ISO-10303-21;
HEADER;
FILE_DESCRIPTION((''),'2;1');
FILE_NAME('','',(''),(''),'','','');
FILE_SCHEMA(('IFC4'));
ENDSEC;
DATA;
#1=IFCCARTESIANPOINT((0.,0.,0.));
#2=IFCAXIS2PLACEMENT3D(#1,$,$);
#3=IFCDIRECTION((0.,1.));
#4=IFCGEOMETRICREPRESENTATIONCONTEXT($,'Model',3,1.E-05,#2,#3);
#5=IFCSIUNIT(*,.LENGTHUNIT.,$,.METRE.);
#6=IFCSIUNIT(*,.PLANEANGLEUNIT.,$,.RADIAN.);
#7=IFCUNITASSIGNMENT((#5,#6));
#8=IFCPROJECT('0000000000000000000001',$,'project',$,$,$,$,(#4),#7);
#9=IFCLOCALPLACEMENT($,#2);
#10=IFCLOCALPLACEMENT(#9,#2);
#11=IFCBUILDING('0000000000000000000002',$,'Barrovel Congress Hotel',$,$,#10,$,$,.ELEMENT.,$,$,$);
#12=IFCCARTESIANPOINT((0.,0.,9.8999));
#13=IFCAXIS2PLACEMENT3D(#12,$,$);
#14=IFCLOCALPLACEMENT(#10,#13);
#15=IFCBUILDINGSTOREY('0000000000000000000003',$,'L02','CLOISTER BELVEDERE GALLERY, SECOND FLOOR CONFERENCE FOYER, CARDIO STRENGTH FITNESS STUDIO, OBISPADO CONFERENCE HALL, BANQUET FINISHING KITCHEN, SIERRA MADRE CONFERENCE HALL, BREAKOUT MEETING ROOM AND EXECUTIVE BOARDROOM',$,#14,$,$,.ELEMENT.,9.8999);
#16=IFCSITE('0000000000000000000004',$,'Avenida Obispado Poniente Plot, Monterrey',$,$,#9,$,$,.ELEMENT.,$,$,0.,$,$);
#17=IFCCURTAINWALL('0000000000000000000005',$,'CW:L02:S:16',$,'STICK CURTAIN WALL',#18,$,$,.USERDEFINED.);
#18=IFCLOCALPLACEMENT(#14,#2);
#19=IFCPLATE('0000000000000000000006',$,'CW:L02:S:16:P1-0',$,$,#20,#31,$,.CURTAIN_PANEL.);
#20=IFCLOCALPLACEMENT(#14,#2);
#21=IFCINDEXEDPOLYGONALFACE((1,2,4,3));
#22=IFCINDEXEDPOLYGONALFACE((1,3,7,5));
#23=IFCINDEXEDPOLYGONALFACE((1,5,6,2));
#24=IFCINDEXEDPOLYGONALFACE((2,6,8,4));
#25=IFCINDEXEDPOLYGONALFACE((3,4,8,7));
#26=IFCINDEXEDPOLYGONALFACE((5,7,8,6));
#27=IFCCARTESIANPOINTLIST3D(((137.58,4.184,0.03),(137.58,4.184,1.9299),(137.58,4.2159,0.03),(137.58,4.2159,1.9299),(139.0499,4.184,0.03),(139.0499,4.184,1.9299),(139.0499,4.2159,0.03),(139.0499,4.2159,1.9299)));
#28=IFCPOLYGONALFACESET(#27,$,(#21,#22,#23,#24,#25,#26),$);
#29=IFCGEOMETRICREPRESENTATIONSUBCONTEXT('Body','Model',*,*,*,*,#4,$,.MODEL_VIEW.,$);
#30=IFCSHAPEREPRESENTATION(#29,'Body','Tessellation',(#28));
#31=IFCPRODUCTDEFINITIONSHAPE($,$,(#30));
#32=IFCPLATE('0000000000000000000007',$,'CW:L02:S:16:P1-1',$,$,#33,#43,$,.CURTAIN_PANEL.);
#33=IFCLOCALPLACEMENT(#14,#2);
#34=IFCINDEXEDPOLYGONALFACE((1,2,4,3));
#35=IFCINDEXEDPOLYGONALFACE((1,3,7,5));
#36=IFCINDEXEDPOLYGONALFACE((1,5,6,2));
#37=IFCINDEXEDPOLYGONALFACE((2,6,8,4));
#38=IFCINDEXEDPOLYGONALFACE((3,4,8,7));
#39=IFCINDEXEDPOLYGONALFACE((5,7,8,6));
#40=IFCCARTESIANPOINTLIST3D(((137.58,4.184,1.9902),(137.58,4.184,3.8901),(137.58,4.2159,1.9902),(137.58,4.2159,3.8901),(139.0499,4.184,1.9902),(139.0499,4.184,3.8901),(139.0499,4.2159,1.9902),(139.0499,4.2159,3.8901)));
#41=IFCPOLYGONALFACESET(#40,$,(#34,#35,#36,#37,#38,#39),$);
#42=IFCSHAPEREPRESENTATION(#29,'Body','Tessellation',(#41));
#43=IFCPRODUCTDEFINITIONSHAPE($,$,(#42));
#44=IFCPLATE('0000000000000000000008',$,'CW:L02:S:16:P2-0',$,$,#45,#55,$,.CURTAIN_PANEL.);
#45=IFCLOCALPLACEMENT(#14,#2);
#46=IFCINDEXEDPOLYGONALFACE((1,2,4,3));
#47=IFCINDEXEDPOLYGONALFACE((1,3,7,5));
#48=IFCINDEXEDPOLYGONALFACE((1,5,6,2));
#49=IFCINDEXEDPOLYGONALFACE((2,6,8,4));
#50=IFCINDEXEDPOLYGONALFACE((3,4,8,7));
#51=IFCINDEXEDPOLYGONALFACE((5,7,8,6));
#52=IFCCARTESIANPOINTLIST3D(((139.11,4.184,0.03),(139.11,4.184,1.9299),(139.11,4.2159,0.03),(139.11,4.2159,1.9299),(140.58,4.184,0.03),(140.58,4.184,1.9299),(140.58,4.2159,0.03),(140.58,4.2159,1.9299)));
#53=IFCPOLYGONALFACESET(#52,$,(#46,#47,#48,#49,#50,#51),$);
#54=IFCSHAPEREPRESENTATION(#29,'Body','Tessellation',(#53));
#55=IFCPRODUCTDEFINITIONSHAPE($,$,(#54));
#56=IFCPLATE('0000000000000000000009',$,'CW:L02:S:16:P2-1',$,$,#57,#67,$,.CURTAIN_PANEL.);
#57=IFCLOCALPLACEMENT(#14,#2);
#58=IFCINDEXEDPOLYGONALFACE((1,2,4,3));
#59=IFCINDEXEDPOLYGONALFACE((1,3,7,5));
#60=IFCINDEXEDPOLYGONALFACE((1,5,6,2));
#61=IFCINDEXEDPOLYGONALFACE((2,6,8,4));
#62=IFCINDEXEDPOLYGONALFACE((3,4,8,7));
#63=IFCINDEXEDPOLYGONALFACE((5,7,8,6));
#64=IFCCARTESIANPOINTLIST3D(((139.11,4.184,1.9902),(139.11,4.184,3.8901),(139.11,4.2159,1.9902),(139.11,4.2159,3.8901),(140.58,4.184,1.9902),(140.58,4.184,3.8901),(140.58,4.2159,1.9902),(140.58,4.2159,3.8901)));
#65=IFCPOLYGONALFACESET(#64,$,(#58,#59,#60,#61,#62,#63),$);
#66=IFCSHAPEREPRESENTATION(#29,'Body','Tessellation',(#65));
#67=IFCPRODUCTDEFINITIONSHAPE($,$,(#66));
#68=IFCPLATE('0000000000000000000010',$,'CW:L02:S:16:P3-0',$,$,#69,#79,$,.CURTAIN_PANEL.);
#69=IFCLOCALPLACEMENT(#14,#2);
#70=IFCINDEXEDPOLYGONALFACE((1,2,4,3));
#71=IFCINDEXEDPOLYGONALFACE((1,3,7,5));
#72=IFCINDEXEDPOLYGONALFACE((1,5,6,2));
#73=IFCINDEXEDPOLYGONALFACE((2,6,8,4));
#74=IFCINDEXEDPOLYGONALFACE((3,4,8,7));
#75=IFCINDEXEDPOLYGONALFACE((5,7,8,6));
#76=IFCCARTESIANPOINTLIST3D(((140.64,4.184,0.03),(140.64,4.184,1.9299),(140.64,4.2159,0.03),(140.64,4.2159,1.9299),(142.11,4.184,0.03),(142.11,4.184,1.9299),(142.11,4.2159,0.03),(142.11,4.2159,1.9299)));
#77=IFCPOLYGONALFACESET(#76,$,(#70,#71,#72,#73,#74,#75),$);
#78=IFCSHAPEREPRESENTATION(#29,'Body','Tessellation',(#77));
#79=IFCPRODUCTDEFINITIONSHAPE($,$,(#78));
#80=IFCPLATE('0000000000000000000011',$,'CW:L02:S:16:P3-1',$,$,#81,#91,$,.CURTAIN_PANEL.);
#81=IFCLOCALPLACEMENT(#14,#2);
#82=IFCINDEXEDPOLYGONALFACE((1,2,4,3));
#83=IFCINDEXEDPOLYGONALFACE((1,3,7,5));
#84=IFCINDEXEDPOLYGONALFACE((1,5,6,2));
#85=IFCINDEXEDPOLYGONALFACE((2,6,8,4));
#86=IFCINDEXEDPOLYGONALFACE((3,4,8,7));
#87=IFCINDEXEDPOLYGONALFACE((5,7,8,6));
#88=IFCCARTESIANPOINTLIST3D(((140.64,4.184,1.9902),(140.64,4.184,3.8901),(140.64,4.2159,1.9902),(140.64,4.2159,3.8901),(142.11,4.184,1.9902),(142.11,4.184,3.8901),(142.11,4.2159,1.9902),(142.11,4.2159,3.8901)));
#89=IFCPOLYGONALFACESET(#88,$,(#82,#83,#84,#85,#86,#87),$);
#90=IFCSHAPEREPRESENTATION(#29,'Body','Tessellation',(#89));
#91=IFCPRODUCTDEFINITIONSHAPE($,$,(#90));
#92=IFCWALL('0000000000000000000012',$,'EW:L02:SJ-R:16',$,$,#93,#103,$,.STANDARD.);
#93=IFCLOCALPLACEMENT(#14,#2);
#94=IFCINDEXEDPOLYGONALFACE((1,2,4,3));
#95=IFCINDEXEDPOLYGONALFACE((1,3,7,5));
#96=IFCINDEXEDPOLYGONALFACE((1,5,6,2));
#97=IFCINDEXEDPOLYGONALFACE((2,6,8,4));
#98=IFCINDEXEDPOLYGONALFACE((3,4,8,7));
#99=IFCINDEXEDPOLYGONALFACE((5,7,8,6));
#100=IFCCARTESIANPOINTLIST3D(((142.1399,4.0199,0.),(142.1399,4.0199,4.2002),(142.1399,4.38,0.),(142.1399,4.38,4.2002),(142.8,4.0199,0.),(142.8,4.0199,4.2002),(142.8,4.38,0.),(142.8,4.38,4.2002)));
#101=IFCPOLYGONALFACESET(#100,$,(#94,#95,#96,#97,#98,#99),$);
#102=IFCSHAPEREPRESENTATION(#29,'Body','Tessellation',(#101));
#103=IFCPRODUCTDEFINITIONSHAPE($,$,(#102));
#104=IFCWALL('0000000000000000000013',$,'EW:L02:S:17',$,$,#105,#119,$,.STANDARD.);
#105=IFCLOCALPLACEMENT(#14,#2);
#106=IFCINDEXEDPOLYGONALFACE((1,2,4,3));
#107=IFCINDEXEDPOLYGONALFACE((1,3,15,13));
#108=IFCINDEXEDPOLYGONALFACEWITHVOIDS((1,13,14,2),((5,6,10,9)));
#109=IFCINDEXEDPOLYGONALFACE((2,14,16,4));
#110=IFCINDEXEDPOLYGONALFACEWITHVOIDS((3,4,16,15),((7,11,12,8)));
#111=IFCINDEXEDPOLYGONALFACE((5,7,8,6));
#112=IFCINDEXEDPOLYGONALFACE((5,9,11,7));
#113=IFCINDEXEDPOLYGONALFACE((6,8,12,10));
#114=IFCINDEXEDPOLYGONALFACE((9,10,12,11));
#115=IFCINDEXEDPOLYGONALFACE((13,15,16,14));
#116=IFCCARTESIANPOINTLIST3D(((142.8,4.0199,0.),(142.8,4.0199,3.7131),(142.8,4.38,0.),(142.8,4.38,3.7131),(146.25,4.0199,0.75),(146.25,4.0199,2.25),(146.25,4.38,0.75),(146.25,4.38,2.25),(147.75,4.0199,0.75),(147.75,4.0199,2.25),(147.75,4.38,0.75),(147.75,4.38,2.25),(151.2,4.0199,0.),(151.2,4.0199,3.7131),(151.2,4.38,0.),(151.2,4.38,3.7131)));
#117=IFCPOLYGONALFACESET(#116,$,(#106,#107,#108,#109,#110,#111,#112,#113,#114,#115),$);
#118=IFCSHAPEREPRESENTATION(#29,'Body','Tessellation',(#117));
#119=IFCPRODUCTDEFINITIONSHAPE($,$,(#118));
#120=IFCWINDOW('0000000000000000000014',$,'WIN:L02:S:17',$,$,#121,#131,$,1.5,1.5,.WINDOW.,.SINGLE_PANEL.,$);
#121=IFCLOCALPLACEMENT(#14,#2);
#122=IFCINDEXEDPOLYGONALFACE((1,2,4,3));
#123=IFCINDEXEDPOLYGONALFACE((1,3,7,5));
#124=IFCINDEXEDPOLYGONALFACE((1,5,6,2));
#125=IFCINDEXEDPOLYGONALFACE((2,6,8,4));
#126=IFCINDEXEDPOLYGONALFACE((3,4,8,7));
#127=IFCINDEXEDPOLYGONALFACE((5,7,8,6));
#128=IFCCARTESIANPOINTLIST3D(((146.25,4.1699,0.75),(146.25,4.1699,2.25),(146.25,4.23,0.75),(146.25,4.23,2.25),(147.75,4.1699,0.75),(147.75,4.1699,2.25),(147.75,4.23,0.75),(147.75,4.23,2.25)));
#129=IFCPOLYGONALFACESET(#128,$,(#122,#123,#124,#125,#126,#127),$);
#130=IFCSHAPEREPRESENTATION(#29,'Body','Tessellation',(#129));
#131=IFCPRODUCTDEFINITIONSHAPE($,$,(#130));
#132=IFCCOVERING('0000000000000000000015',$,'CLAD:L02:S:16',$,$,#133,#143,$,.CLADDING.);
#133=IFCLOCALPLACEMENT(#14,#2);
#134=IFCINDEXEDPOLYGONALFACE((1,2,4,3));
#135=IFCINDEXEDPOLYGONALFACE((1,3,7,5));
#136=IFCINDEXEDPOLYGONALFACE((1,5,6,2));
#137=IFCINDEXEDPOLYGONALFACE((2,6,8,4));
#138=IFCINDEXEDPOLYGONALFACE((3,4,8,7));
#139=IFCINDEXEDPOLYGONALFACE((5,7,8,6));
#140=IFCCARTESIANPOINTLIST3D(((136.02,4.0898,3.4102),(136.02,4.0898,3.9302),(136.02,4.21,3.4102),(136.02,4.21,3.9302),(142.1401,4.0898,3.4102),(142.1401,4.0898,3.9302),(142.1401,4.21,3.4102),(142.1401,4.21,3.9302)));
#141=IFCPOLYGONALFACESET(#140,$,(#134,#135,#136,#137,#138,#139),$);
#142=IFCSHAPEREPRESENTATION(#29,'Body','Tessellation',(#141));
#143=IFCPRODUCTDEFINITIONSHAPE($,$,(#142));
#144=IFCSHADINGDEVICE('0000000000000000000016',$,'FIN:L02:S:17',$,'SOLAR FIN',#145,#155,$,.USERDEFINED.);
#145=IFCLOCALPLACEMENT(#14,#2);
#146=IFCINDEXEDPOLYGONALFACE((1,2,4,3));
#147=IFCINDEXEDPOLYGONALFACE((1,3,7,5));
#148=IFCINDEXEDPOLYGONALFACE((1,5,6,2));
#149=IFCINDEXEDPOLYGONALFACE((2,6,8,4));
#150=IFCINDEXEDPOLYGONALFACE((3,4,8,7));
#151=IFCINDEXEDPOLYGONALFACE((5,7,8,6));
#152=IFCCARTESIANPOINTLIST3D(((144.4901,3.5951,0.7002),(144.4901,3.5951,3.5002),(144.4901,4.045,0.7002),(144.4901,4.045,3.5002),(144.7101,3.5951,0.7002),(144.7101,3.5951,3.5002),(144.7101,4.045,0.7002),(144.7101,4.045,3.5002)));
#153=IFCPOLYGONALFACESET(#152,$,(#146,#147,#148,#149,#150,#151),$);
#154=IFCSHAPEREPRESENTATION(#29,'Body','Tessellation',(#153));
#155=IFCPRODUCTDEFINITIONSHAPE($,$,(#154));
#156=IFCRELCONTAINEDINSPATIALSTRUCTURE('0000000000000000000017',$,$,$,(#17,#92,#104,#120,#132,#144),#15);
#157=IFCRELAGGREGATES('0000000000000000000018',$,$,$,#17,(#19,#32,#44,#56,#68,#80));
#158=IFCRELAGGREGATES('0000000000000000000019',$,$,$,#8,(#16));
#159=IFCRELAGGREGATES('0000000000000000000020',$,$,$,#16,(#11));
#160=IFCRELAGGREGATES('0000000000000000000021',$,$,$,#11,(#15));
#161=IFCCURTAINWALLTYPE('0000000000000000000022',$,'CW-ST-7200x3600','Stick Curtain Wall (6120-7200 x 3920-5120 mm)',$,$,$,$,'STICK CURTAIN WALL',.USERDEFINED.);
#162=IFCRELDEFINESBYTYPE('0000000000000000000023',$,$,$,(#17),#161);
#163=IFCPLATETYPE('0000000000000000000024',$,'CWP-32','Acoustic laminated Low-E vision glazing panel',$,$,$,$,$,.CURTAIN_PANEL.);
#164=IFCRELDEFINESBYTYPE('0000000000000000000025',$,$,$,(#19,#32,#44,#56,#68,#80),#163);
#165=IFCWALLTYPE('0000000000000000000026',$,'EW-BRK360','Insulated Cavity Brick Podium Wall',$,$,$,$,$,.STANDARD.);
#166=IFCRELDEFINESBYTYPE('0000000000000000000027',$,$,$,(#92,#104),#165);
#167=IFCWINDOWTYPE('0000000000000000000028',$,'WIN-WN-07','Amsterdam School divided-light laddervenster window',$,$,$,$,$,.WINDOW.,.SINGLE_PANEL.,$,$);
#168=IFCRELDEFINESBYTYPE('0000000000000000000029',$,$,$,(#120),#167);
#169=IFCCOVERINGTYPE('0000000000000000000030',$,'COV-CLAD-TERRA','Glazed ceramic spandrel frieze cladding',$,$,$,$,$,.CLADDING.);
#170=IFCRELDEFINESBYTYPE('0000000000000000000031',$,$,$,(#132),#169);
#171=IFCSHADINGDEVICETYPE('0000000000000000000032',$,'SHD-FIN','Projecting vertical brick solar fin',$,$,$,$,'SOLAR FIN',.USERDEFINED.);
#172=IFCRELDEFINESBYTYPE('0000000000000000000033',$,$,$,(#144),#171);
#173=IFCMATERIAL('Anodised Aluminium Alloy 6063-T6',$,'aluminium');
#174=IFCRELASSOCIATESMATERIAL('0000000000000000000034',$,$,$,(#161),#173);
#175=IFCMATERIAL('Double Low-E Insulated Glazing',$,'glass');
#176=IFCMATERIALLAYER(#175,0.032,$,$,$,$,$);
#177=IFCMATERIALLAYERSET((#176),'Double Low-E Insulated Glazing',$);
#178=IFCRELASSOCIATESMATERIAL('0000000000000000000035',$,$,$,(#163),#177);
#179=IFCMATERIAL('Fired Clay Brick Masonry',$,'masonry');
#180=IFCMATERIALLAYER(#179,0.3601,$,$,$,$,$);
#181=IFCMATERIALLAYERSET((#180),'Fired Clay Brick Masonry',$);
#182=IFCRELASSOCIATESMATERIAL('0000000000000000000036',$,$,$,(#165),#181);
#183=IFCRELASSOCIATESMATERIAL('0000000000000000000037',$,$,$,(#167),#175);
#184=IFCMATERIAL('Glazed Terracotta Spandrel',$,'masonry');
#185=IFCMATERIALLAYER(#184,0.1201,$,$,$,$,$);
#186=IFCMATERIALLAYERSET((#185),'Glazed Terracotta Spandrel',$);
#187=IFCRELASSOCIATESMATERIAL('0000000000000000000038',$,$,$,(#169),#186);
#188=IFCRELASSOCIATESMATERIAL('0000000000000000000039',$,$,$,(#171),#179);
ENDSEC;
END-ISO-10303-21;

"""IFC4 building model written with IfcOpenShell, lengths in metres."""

from ifc_helpers import new_model, si_unit, direction, frame, frame_2d, origin, origin_2d, place, context, subcontext, project, spatial, rectangle, extrude, material, layer, layer_set, type_object, element, fill, aggregate, save


model = new_model("IFC4")

# Units and contexts
model_context = context("Model", 3, precision=1e-05, world=origin(), true_north=direction((0.0, 1.0)))
body_context = subcontext(model_context, "Body", "Model", "MODEL_VIEW")
ifc_project = project(units=[si_unit("LENGTHUNIT", "METRE"), si_unit("PLANEANGLEUNIT", "RADIAN")], contexts=[model_context])

# Site, building, storey
site_placement = place(None, origin())
site = spatial("IfcSite", under=ifc_project, at=site_placement, Name="Avenida Obispado Poniente Plot, Monterrey", CompositionType="ELEMENT", RefElevation=0.0)
building_placement = place(site_placement, origin())
building = spatial("IfcBuilding", under=site, at=building_placement, Name="Barrovel Congress Hotel", CompositionType="ELEMENT")
storey_placement = place(building_placement, frame((0.0, 0.0, 9.8999)))
storey = spatial("IfcBuildingStorey", under=building, at=storey_placement, Name="L02", Description="CLOISTER BELVEDERE GALLERY, SECOND FLOOR CONFERENCE FOYER, CARDIO STRENGTH FITNESS STUDIO, OBISPADO CONFERENCE HALL, BANQUET FINISHING KITCHEN, SIERRA MADRE CONFERENCE HALL, BREAKOUT MEETING ROOM AND EXECUTIVE BOARDROOM", CompositionType="ELEMENT", Elevation=9.8999)

# Curtain wall
ifc_material_1 = material(Name="Anodised Aluminium Alloy 6063-T6", Category="aluminium")
curtain_wall_type = type_object("IfcCurtainWallType", Name="CW-ST-7200x3600", Description="Stick Curtain Wall (6120-7200 x 3920-5120 mm)", ElementType="STICK CURTAIN WALL", PredefinedType="USERDEFINED", material=ifc_material_1)
curtain_wall_placement = place(storey_placement, origin())
curtain_wall = element("IfcCurtainWall", 1, at=curtain_wall_placement, inside=storey, type_object=curtain_wall_type, Name="CW:L02:S:16", ObjectType="STICK CURTAIN WALL", PredefinedType="USERDEFINED")

# Plates
ifc_material_2 = material(Name="Double Low-E Insulated Glazing", Category="glass")
ifc_layer_1 = layer(ifc_material_2, 0.032)
ifc_layer_set_1 = layer_set([ifc_layer_1], Name="Double Low-E Insulated Glazing")
plate_type = type_object("IfcPlateType", Name="CWP-32", Description="Acoustic laminated Low-E vision glazing panel", PredefinedType="CURTAIN_PANEL", material=ifc_layer_set_1)
plate_1_placement = place(storey_placement, frame((138.3149, 4.2, 0.03), z_axis=(0.0, 0.0, 1.0), x_axis=(1.0, 0.0, 0.0)))
plate_1 = element("IfcPlate", 2, at=plate_1_placement, type_object=plate_type, Name="CW:L02:S:16:P1-0", PredefinedType="CURTAIN_PANEL", context=body_context, shape_type="SweptSolid", body=[
    extrude(rectangle(XDim=1.47, YDim=0.032, at=origin_2d()), origin(), (0.0, 0.0, 1.0), 1.8999),
])
plate_2_placement = place(storey_placement, frame((138.3149, 4.2, 1.9902), z_axis=(0.0, 0.0, 1.0), x_axis=(1.0, 0.0, 0.0)))
plate_2 = element("IfcPlate", 3, at=plate_2_placement, type_object=plate_type, Name="CW:L02:S:16:P1-1", PredefinedType="CURTAIN_PANEL", context=body_context, shape_type="SweptSolid", body=[
    extrude(rectangle(XDim=1.47, YDim=0.032, at=origin_2d()), origin(), (0.0, 0.0, 1.0), 1.8999),
])
plate_3_placement = place(storey_placement, frame((139.845, 4.2, 0.03), z_axis=(0.0, 0.0, 1.0), x_axis=(1.0, 0.0, 0.0)))
plate_3 = element("IfcPlate", 4, at=plate_3_placement, type_object=plate_type, Name="CW:L02:S:16:P2-0", PredefinedType="CURTAIN_PANEL", context=body_context, shape_type="SweptSolid", body=[
    extrude(rectangle(XDim=1.47, YDim=0.032, at=origin_2d()), origin(), (0.0, 0.0, 1.0), 1.8999),
])
plate_4_placement = place(storey_placement, frame((139.845, 4.2, 1.9902), z_axis=(0.0, 0.0, 1.0), x_axis=(1.0, 0.0, 0.0)))
plate_4 = element("IfcPlate", 5, at=plate_4_placement, type_object=plate_type, Name="CW:L02:S:16:P2-1", PredefinedType="CURTAIN_PANEL", context=body_context, shape_type="SweptSolid", body=[
    extrude(rectangle(XDim=1.47, YDim=0.032, at=origin_2d()), origin(), (0.0, 0.0, 1.0), 1.8999),
])
plate_5_placement = place(storey_placement, frame((141.375, 4.2, 0.03), z_axis=(0.0, 0.0, 1.0), x_axis=(1.0, 0.0, 0.0)))
plate_5 = element("IfcPlate", 6, at=plate_5_placement, type_object=plate_type, Name="CW:L02:S:16:P3-0", PredefinedType="CURTAIN_PANEL", context=body_context, shape_type="SweptSolid", body=[
    extrude(rectangle(XDim=1.47, YDim=0.032, at=origin_2d()), origin(), (0.0, 0.0, 1.0), 1.8999),
])
plate_6_placement = place(storey_placement, frame((141.375, 4.2, 1.9902), z_axis=(0.0, 0.0, 1.0), x_axis=(1.0, 0.0, 0.0)))
plate_6 = element("IfcPlate", 7, at=plate_6_placement, type_object=plate_type, Name="CW:L02:S:16:P3-1", PredefinedType="CURTAIN_PANEL", context=body_context, shape_type="SweptSolid", body=[
    extrude(rectangle(XDim=1.47, YDim=0.032, at=origin_2d()), origin(), (0.0, 0.0, 1.0), 1.8999),
])
aggregate(curtain_wall, [plate_1, plate_2, plate_3, plate_4, plate_5, plate_6])

# Wall
ifc_material_3 = material(Name="Fired Clay Brick Masonry", Category="masonry")
ifc_layer_2 = layer(ifc_material_3, 0.3601)
ifc_layer_set_2 = layer_set([ifc_layer_2], Name="Fired Clay Brick Masonry")
wall_type = type_object("IfcWallType", Name="EW-BRK360", Description="Insulated Cavity Brick Podium Wall", PredefinedType="STANDARD", material=ifc_layer_set_2)
wall_1_placement = place(storey_placement, frame((142.1399, 4.2, 0.0), z_axis=(0.0, 0.0, 1.0), x_axis=(1.0, 0.0, 0.0)))
element("IfcWall", 8, at=wall_1_placement, inside=storey, type_object=wall_type, Name="EW:L02:SJ-R:16", PredefinedType="STANDARD", context=body_context, shape_type="SweptSolid", body=[
    extrude(rectangle(XDim=0.6602, YDim=0.3601, at=frame_2d((0.3301, 0.0))), origin(), (0.0, 0.0, 1.0), 4.2002),
])

# Wall, opening, window
wall_2_placement = place(storey_placement, frame((142.8, 4.2, 0.0), z_axis=(0.0, 0.0, 1.0), x_axis=(1.0, 0.0, 0.0)))
wall_2 = element("IfcWall", 9, at=wall_2_placement, inside=storey, type_object=wall_type, Name="EW:L02:S:17", PredefinedType="STANDARD", context=body_context, shape_type="SweptSolid", body=[
    extrude(rectangle(XDim=8.3999, YDim=0.3601, at=frame_2d((4.2, 0.0))), origin(), (0.0, 0.0, 1.0), 3.7131),
])
opening_placement = place(wall_2_placement, frame((3.45, 0.0, 0.75)))
opening = element("IfcOpeningElement", 10, at=opening_placement, cuts=wall_2, PredefinedType="OPENING", context=body_context, shape_type="SweptSolid", body=[
    extrude(rectangle(XDim=1.5, YDim=1.5, at=frame_2d((0.75, 0.75))), frame((0.0, 0.1899, 0.0), z_axis=(0.0, -1.0, 0.0), x_axis=(1.0, 0.0, 0.0)), (0.0, 0.0, 1.0), 0.3801),
])
window_type = type_object("IfcWindowType", Name="WIN-WN-07", Description="Amsterdam School divided-light laddervenster window", PartitioningType="SINGLE_PANEL", PredefinedType="WINDOW", material=ifc_material_2)
window_placement = place(opening_placement, origin())
window = element("IfcWindow", 11, at=window_placement, inside=storey, type_object=window_type, Name="WIN:L02:S:17", OverallHeight=1.5, OverallWidth=1.5, PartitioningType="SINGLE_PANEL", PredefinedType="WINDOW", context=body_context, shape_type="SweptSolid", body=[
    extrude(rectangle(XDim=1.5, YDim=1.5, at=frame_2d((0.75, 0.75))), frame((0.0, 0.03, 0.0), z_axis=(0.0, -1.0, 0.0), x_axis=(1.0, 0.0, 0.0)), (0.0, 0.0, 1.0), 0.0601),
])
fill(opening, window)

# Covering
ifc_material_4 = material(Name="Glazed Terracotta Spandrel", Category="masonry")
ifc_layer_3 = layer(ifc_material_4, 0.1201)
ifc_layer_set_3 = layer_set([ifc_layer_3], Name="Glazed Terracotta Spandrel")
covering_type = type_object("IfcCoveringType", Name="COV-CLAD-TERRA", Description="Glazed ceramic spandrel frieze cladding", PredefinedType="CLADDING", material=ifc_layer_set_3)
covering_placement = place(storey_placement, frame((139.0801, 4.1499, 3.4102), z_axis=(0.0, 0.0, 1.0), x_axis=(1.0, 0.0, 0.0)))
element("IfcCovering", 12, at=covering_placement, inside=storey, type_object=covering_type, Name="CLAD:L02:S:16", PredefinedType="CLADDING", context=body_context, shape_type="SweptSolid", body=[
    extrude(rectangle(XDim=6.1201, YDim=0.1201, at=origin_2d()), origin(), (0.0, 0.0, 1.0), 0.52),
])

# Shading device
shading_device_type = type_object("IfcShadingDeviceType", Name="SHD-FIN", Description="Projecting vertical brick solar fin", ElementType="SOLAR FIN", PredefinedType="USERDEFINED", material=ifc_material_3)
shading_device_placement = place(storey_placement, frame((144.6001, 3.8201, 0.7002), z_axis=(0.0, 0.0, 1.0), x_axis=(1.0, 0.0, 0.0)))
element("IfcShadingDevice", 13, at=shading_device_placement, inside=storey, type_object=shading_device_type, Name="FIN:L02:S:17", ObjectType="SOLAR FIN", PredefinedType="USERDEFINED", context=body_context, shape_type="SweptSolid", body=[
    extrude(rectangle(XDim=0.22, YDim=0.45, at=origin_2d()), origin(), (0.0, 0.0, 1.0), 2.8),
])

save(model, "model.ifc")
